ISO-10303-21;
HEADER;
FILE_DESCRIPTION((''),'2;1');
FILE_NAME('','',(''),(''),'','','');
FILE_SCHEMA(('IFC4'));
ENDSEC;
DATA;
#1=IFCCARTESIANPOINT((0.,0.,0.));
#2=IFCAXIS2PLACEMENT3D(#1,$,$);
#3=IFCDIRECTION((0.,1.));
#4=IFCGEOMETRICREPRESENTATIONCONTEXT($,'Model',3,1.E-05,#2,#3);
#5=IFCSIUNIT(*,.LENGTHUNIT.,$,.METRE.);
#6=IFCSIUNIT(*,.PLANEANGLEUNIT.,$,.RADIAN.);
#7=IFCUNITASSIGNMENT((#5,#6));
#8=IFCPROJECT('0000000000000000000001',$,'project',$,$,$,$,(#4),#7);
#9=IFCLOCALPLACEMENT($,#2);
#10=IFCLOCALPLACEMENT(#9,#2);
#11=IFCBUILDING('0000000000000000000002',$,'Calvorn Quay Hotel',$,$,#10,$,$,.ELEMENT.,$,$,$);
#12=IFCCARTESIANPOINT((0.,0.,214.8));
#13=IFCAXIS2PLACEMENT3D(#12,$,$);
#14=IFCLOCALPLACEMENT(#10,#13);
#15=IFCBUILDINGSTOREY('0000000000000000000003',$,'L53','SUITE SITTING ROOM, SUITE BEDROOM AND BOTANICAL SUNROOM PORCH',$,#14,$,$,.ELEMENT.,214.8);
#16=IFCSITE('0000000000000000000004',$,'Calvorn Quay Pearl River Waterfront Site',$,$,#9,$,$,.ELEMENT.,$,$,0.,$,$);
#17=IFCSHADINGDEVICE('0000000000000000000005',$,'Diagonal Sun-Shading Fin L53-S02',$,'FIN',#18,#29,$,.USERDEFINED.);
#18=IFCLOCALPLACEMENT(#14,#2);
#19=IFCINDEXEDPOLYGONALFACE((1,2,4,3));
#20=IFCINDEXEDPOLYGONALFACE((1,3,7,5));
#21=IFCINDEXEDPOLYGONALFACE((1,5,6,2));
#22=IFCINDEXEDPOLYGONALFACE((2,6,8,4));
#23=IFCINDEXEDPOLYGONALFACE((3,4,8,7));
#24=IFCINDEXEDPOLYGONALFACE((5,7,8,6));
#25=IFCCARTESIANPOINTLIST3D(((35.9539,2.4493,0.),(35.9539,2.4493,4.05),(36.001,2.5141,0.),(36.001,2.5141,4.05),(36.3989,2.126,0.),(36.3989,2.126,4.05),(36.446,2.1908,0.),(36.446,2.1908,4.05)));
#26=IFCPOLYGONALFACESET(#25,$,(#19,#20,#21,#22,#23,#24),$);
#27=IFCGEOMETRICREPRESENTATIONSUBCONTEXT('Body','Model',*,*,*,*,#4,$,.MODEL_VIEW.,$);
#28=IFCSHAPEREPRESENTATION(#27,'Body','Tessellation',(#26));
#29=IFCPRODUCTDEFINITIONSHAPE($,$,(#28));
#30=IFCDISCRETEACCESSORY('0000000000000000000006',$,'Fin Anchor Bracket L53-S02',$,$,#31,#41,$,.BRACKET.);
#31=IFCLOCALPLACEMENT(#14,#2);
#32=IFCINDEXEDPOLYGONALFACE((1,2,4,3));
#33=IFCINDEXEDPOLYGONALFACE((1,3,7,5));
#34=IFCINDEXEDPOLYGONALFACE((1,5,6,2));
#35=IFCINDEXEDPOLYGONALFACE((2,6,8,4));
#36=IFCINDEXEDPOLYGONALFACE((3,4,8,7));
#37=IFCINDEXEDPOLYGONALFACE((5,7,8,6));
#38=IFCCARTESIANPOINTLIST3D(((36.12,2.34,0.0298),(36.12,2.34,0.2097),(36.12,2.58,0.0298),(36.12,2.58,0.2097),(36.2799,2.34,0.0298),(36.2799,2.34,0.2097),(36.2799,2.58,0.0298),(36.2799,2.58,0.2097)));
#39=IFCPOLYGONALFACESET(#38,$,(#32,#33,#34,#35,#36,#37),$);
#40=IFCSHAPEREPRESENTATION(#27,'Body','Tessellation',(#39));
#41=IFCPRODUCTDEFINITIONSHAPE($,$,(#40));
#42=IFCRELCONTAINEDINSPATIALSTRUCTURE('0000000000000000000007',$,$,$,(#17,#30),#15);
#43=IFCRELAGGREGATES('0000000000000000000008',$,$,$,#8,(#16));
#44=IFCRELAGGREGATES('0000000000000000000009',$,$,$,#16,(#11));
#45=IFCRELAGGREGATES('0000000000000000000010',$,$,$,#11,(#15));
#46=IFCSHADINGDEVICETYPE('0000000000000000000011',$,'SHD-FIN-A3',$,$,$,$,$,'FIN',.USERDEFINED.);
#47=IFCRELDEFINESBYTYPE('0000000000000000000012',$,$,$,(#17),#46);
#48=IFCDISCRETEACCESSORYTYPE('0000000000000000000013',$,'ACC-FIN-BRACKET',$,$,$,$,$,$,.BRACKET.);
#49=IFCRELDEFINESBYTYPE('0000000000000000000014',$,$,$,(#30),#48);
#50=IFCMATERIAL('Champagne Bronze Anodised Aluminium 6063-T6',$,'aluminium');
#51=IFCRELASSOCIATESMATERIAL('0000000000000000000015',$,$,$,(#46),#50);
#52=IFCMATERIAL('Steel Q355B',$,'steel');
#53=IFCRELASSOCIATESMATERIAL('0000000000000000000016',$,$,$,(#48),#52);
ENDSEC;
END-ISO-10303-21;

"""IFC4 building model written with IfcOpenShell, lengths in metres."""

from ifc_helpers import new_model, si_unit, direction, frame, origin, origin_2d, place, context, subcontext, project, spatial, rectangle, extrude, material, type_object, element, save


model = new_model("IFC4")

# Units and contexts
model_context = context("Model", 3, precision=1e-05, world=origin(), true_north=direction((0.0, 1.0)))
body_context = subcontext(model_context, "Body", "Model", "MODEL_VIEW")
ifc_project = project(units=[si_unit("LENGTHUNIT", "METRE"), si_unit("PLANEANGLEUNIT", "RADIAN")], contexts=[model_context])

# Site, building, storey
site_placement = place(None, origin())
site = spatial("IfcSite", under=ifc_project, at=site_placement, Name="Calvorn Quay Pearl River Waterfront Site", CompositionType="ELEMENT", RefElevation=0.0)
building_placement = place(site_placement, origin())
building = spatial("IfcBuilding", under=site, at=building_placement, Name="Calvorn Quay Hotel", CompositionType="ELEMENT")
storey_placement = place(building_placement, frame((0.0, 0.0, 214.8)))
storey = spatial("IfcBuildingStorey", under=building, at=storey_placement, Name="L53", Description="SUITE SITTING ROOM, SUITE BEDROOM AND BOTANICAL SUNROOM PORCH", CompositionType="ELEMENT", Elevation=214.8)

# Shading device
ifc_material_1 = material(Name="Champagne Bronze Anodised Aluminium 6063-T6", Category="aluminium")
shading_device_type = type_object("IfcShadingDeviceType", Name="SHD-FIN-A3", ElementType="FIN", PredefinedType="USERDEFINED", material=ifc_material_1)
shading_device_placement = place(storey_placement, frame((36.2, 2.3201, 0.0), z_axis=(0.0, 0.0, 1.0), x_axis=(-0.809017, 0.587785, 0.0)))
element("IfcShadingDevice", 1, at=shading_device_placement, inside=storey, type_object=shading_device_type, Name="Diagonal Sun-Shading Fin L53-S02", ObjectType="FIN", PredefinedType="USERDEFINED", context=body_context, shape_type="SweptSolid", body=[
    extrude(rectangle(XDim=0.55, YDim=0.0801, at=origin_2d()), origin(), (0.0, 0.0, 1.0), 4.05),
])

# Discrete accessory
ifc_material_2 = material(Name="Steel Q355B", Category="steel")
discrete_accessory_type = type_object("IfcDiscreteAccessoryType", Name="ACC-FIN-BRACKET", PredefinedType="BRACKET", material=ifc_material_2)
discrete_accessory_placement = place(storey_placement, frame((36.2, 2.46, 0.0298), z_axis=(0.0, 0.0, 1.0), x_axis=(0.0, 1.0, 0.0)))
element("IfcDiscreteAccessory", 2, at=discrete_accessory_placement, inside=storey, type_object=discrete_accessory_type, Name="Fin Anchor Bracket L53-S02", PredefinedType="BRACKET", context=body_context, shape_type="SweptSolid", body=[
    extrude(rectangle(XDim=0.24, YDim=0.1599, at=origin_2d()), origin(), (0.0, 0.0, 1.0), 0.1799),
])

save(model, "model.ifc")
